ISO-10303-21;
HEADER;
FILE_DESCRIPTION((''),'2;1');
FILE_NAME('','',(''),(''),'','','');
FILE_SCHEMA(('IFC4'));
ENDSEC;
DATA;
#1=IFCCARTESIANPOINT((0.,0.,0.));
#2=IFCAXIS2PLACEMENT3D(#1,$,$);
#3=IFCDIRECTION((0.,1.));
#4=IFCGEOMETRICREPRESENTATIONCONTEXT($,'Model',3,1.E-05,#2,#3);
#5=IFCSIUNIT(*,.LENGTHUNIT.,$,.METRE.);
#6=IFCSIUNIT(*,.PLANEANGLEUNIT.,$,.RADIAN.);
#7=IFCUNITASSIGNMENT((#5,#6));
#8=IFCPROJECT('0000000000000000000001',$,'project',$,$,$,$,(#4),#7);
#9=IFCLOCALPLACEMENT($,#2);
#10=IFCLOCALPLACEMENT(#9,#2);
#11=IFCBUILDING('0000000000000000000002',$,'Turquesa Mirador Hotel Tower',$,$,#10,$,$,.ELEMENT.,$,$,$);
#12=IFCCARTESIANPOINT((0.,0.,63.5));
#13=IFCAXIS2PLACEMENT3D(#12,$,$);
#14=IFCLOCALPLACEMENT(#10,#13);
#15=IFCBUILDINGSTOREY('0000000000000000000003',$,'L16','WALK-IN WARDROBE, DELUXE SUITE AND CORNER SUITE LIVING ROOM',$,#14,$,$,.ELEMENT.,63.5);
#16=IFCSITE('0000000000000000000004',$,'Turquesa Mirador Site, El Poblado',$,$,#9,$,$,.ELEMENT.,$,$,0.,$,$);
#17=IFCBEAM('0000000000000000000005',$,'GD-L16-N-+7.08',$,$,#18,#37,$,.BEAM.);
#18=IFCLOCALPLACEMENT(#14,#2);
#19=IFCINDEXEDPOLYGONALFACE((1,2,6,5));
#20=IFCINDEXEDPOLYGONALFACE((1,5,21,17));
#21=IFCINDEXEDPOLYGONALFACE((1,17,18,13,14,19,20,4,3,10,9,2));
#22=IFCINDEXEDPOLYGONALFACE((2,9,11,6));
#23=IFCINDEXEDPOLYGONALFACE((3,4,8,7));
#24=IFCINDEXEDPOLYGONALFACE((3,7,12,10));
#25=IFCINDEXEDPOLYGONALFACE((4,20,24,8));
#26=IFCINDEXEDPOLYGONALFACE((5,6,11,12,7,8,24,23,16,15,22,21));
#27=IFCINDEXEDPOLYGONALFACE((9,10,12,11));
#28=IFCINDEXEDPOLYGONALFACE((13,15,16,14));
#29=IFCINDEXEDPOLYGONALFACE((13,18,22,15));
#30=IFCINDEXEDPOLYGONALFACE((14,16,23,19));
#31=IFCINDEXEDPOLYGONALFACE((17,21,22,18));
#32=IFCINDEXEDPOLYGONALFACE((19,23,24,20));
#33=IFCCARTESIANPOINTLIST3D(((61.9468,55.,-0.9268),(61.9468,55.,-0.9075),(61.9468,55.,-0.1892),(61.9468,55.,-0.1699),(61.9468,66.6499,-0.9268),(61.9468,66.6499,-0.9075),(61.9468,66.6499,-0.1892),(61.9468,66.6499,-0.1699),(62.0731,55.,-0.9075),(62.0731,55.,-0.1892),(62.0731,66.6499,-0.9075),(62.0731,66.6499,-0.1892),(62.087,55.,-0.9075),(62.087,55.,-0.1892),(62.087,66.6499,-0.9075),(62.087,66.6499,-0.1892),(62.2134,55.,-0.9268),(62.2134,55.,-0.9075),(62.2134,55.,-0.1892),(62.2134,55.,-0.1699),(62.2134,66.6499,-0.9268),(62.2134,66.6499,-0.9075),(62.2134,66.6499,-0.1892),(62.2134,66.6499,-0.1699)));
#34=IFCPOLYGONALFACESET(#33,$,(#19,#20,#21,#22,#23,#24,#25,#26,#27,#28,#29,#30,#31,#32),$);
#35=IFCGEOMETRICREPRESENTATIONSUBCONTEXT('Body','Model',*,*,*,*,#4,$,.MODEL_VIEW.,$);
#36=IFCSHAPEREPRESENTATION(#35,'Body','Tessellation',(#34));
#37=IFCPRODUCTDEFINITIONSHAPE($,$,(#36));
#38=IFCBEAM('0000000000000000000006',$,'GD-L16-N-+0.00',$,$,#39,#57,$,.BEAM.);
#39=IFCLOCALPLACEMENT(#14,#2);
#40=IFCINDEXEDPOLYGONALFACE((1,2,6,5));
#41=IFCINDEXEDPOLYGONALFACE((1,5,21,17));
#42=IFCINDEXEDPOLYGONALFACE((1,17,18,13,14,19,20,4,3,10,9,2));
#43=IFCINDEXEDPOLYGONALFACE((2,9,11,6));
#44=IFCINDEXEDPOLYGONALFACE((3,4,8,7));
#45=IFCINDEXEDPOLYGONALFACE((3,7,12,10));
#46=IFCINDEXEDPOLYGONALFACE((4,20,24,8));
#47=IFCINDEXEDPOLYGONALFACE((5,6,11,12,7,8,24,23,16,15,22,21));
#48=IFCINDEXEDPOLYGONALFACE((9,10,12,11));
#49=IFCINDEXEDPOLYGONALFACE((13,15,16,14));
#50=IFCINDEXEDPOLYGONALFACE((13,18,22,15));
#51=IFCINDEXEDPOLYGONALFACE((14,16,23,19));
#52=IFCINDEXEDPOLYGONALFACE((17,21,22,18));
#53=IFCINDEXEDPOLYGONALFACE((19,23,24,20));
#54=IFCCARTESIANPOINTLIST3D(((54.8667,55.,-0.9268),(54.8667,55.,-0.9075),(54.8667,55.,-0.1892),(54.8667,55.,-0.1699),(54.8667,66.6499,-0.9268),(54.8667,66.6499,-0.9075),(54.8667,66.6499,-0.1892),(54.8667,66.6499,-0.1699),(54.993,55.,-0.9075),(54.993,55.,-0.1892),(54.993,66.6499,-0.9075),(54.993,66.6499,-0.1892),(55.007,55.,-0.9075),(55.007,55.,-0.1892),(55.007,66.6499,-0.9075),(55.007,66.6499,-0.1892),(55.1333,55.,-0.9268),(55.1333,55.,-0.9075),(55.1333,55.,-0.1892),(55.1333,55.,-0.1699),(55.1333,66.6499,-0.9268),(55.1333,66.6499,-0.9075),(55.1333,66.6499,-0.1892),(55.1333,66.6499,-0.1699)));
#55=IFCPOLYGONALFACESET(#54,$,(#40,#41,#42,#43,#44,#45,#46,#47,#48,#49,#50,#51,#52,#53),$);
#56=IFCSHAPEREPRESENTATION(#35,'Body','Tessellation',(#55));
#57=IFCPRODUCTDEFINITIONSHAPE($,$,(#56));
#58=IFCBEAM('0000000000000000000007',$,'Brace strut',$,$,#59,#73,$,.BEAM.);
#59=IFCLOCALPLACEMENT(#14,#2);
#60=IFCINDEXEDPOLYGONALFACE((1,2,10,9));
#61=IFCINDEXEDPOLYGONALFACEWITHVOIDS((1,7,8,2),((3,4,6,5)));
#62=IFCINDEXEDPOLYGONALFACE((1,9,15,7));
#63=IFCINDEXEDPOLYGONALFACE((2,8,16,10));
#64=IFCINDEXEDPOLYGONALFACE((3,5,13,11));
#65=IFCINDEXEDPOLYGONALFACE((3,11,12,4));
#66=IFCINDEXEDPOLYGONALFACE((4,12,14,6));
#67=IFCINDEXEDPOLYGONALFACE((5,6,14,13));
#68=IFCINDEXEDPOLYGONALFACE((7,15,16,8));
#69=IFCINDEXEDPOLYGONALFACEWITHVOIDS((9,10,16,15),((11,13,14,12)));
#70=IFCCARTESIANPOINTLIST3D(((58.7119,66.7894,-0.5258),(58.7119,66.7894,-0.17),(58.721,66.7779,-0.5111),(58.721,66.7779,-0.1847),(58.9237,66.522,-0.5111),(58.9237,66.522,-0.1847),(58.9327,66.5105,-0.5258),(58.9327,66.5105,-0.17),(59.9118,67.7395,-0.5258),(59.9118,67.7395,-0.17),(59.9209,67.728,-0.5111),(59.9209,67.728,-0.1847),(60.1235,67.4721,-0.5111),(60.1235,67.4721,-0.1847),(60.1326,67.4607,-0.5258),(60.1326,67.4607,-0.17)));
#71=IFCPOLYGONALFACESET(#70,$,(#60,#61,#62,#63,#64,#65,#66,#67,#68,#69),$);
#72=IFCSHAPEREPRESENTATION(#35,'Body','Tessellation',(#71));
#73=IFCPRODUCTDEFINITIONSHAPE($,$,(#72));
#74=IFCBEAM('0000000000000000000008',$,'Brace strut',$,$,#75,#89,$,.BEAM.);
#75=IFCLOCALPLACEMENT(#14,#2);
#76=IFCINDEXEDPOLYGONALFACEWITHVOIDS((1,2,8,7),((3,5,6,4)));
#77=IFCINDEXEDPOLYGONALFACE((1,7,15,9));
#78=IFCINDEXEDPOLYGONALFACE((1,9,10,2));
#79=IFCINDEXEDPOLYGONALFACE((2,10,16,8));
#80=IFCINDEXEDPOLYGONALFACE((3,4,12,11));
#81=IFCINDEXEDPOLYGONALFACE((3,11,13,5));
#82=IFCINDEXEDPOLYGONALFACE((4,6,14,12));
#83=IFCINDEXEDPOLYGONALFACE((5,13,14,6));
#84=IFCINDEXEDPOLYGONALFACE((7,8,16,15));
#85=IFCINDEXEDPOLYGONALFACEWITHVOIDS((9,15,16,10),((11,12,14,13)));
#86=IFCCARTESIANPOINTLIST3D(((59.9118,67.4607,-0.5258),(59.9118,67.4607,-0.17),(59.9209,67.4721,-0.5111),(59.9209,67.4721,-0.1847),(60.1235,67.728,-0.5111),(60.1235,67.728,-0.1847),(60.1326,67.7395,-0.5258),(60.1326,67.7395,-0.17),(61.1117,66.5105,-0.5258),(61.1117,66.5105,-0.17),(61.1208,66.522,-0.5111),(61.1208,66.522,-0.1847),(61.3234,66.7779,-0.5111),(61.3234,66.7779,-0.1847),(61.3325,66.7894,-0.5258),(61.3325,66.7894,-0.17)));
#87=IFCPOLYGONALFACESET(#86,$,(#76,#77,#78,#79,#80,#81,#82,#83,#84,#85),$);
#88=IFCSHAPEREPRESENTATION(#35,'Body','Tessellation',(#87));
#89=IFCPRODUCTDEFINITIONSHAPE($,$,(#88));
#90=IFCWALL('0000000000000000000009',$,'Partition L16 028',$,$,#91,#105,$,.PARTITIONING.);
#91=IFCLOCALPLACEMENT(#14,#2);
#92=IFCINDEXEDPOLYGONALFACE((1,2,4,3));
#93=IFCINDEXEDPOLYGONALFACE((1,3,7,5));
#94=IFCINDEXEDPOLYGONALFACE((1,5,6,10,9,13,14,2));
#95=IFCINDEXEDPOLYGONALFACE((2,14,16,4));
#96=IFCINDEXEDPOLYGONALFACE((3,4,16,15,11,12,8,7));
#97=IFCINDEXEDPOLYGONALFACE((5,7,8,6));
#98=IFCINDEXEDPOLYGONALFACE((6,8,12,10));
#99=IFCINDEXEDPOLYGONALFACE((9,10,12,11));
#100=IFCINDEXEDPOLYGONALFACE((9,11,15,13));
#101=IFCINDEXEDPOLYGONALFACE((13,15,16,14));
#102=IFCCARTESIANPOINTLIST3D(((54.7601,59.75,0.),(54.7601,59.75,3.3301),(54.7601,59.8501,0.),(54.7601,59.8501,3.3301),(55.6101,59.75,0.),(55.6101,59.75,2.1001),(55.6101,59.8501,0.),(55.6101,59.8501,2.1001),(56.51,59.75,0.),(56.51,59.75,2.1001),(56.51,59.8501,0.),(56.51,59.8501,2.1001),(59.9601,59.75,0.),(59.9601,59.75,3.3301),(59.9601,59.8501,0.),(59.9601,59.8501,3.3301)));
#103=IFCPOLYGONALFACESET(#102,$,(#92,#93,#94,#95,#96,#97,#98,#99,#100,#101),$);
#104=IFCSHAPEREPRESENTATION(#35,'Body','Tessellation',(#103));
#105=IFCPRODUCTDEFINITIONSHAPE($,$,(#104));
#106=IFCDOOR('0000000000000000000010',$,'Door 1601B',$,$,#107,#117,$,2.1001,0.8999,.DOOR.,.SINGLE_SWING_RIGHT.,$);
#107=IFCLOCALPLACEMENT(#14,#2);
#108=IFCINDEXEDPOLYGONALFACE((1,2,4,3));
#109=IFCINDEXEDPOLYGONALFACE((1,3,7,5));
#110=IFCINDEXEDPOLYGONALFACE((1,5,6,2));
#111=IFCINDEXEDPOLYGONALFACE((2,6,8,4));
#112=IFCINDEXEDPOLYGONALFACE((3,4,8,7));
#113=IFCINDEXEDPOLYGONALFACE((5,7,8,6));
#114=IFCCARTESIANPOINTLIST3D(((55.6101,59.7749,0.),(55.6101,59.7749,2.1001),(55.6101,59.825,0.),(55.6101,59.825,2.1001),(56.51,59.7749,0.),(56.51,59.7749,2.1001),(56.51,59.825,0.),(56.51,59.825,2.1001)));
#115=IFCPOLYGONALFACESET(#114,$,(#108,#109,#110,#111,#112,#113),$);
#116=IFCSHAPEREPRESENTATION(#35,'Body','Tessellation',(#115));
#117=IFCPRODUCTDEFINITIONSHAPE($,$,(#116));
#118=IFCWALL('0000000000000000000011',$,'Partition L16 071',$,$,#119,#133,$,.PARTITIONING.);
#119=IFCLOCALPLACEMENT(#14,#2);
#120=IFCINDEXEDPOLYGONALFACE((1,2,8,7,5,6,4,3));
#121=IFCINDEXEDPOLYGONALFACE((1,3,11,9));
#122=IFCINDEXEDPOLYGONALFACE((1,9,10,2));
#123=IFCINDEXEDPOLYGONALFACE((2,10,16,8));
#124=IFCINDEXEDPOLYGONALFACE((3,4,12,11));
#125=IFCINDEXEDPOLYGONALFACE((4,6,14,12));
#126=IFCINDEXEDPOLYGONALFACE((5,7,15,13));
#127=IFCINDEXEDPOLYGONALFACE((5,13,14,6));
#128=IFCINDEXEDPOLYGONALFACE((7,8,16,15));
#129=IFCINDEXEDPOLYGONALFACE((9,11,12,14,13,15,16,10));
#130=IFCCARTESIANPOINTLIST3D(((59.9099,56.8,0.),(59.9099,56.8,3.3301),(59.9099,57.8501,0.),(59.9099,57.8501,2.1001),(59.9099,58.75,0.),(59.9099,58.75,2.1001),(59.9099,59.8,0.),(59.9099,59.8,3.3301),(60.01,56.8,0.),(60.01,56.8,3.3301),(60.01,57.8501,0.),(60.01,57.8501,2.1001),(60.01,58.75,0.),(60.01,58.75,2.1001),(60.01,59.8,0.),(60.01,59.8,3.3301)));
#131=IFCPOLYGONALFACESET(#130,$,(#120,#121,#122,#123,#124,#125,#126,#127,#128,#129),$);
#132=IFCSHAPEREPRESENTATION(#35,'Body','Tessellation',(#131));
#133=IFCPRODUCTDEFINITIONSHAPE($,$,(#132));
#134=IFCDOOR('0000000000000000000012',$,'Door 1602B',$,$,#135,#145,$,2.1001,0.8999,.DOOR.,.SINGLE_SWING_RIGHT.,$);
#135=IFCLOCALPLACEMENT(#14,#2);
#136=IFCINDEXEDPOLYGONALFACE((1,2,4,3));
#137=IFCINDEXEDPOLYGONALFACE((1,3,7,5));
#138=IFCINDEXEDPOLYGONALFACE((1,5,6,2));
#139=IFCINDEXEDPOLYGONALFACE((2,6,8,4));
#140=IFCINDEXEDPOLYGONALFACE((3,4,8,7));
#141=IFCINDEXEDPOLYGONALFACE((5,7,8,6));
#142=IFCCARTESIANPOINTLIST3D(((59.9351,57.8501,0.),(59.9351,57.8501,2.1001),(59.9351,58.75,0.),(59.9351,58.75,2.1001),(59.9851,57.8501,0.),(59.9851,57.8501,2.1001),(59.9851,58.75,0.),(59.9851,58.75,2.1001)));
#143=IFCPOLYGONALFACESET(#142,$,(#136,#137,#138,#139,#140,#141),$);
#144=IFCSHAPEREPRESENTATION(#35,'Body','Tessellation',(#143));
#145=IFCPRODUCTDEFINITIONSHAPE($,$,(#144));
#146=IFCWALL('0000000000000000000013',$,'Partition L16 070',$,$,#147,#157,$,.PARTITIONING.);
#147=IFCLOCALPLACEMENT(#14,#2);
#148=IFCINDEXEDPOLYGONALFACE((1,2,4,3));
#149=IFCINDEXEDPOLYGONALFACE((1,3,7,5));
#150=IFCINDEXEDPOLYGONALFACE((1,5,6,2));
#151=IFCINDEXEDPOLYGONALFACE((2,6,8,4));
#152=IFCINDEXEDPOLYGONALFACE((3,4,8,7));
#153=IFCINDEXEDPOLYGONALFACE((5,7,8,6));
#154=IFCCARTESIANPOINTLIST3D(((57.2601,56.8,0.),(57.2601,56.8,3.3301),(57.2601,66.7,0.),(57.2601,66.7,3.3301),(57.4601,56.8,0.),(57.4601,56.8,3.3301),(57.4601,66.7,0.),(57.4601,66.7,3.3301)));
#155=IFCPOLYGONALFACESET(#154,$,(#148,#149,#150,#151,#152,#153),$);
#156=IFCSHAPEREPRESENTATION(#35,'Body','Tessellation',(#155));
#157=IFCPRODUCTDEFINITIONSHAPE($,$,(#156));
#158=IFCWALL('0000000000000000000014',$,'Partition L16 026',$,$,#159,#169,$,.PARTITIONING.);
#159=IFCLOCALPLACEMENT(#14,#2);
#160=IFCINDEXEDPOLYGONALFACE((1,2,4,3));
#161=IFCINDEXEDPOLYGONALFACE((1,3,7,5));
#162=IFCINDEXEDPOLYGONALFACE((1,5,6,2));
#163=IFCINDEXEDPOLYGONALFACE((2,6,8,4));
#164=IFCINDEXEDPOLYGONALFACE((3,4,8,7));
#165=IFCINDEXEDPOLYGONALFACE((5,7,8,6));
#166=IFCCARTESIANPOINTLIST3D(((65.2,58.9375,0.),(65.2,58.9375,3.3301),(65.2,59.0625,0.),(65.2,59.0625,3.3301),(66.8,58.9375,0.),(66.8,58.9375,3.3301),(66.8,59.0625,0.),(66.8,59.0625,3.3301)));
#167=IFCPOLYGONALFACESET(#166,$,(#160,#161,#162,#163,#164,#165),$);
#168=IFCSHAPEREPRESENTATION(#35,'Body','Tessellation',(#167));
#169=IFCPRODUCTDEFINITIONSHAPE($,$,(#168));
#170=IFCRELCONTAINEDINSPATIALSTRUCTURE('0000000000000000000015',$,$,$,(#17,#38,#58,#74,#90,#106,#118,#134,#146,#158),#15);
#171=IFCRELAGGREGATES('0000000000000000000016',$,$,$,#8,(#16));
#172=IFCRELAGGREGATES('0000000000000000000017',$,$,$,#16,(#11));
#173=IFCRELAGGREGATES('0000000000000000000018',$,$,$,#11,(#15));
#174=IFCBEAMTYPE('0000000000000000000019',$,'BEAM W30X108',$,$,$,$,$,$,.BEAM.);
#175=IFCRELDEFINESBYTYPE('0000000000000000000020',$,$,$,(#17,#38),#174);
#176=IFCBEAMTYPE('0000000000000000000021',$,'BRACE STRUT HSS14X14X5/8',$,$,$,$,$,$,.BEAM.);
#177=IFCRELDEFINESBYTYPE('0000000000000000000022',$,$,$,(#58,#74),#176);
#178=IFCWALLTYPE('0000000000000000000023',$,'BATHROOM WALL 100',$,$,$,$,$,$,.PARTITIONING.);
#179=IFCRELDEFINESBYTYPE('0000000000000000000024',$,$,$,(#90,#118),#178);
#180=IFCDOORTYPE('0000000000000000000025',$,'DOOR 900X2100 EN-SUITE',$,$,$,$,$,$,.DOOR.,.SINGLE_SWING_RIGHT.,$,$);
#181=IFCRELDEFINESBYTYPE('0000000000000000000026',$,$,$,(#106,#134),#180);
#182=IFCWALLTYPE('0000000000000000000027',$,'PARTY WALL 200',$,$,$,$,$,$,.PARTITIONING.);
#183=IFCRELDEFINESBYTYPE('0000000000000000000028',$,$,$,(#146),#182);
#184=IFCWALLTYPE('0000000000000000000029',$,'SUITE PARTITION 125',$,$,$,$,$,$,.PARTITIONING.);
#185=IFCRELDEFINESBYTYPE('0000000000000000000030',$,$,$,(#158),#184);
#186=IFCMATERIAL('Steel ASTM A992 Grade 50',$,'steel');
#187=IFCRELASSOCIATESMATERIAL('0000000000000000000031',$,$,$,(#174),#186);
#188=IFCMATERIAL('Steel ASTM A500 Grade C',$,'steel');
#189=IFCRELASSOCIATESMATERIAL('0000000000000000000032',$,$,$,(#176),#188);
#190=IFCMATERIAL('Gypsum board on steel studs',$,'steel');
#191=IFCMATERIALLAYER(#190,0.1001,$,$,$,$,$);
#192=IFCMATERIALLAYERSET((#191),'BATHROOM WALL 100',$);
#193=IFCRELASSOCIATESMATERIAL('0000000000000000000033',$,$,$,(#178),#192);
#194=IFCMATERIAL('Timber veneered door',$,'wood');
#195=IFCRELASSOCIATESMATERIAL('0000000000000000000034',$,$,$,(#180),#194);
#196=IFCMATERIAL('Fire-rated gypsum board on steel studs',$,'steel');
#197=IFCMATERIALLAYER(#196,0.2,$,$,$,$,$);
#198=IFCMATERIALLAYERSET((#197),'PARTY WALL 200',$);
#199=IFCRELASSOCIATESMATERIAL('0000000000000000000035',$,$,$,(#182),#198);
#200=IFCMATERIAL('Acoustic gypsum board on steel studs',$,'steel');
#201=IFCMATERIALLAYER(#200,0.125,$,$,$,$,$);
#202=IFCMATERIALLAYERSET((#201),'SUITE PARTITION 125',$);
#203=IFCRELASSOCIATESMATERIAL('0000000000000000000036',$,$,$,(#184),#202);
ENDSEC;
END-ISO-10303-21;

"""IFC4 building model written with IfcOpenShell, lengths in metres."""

from ifc_helpers import new_model, si_unit, direction, frame, frame_2d, origin, origin_2d, place, context, subcontext, project, spatial, rectangle, hollow_rectangle, i_section, extrude, material, layer, layer_set, material_profile, profile_set, type_object, element, fill, save


model = new_model("IFC4")

# Units and contexts
model_context = context("Model", 3, precision=1e-05, world=origin(), true_north=direction((0.0, 1.0)))
body_context = subcontext(model_context, "Body", "Model", "MODEL_VIEW")
ifc_project = project(units=[si_unit("LENGTHUNIT", "METRE"), si_unit("PLANEANGLEUNIT", "RADIAN")], contexts=[model_context])

# Site, building, storey
site_placement = place(None, origin())
site = spatial("IfcSite", under=ifc_project, at=site_placement, Name="Turquesa Mirador Site, El Poblado", CompositionType="ELEMENT", RefElevation=0.0)
building_placement = place(site_placement, origin())
building = spatial("IfcBuilding", under=site, at=building_placement, Name="Turquesa Mirador Hotel Tower", CompositionType="ELEMENT")
storey_placement = place(building_placement, frame((0.0, 0.0, 63.5)))
storey = spatial("IfcBuildingStorey", under=building, at=storey_placement, Name="L16", Description="WALK-IN WARDROBE, DELUXE SUITE AND CORNER SUITE LIVING ROOM", CompositionType="ELEMENT", Elevation=63.5)

# Beams
ifc_material_1 = material(Name="Steel ASTM A992 Grade 50", Category="steel")
ifc_material_profile_1 = material_profile(ifc_material_1, i_section(OverallWidth=0.2666, OverallDepth=0.7568, WebThickness=0.0139, FlangeThickness=0.0193, at=origin_2d()), Name="W30X108")
ifc_profile_set_1 = profile_set([ifc_material_profile_1], Name="Steel ASTM A992 Grade 50")
beam_type_1 = type_object("IfcBeamType", Name="BEAM W30X108", PredefinedType="BEAM", material=ifc_profile_set_1)
for number, where, z_axis, x_axis, name in (
    (1, (62.0801, 66.6499, -0.5483), (0.0, -1.0, 0.0), (1.0, 0.0, 0.0), "GD-L16-N-+7.08"),
    (2, (55.0, 66.6499, -0.5483), (0.0, -1.0, 0.0), (1.0, 0.0, 0.0), "GD-L16-N-+0.00"),
):
    element("IfcBeam", number, at=place(storey_placement, frame(where, z_axis=z_axis, x_axis=x_axis)), inside=storey, type_object=beam_type_1, Name=name, PredefinedType="BEAM", context=body_context, shape_type="SweptSolid", body=[
        extrude(i_section(OverallWidth=0.2666, OverallDepth=0.7568, WebThickness=0.0139, FlangeThickness=0.0193, at=origin_2d()), origin(), (0.0, 0.0, 1.0), 11.6499),
    ])
ifc_material_2 = material(Name="Steel ASTM A500 Grade C", Category="steel")
ifc_material_profile_2 = material_profile(ifc_material_2, hollow_rectangle(XDim=0.3557, YDim=0.3557, WallThickness=0.0146, at=origin_2d()), Name="HSS14X14X5/8")
ifc_profile_set_2 = profile_set([ifc_material_profile_2], Name="Steel ASTM A500 Grade C")
beam_type_2 = type_object("IfcBeamType", Name="BRACE STRUT HSS14X14X5/8", PredefinedType="BEAM", material=ifc_profile_set_2)
for number, where, z_axis, x_axis, name in (
    (3, (60.0222, 67.6001, -0.3479), (-0.783971, -0.620797, 0.0), (0.620797, -0.783971, 0.0), "Brace strut"),
    (4, (60.0222, 67.6001, -0.3479), (0.783971, -0.620797, 0.0), (0.620797, 0.783971, 0.0), "Brace strut"),
):
    element("IfcBeam", number, at=place(storey_placement, frame(where, z_axis=z_axis, x_axis=x_axis)), inside=storey, type_object=beam_type_2, Name=name, PredefinedType="BEAM", context=body_context, shape_type="SweptSolid", body=[
        extrude(hollow_rectangle(XDim=0.3557, YDim=0.3557, WallThickness=0.0146, at=origin_2d()), origin(), (0.0, 0.0, 1.0), 1.5305),
    ])

# Walls, openings, doors
ifc_material_3 = material(Name="Gypsum board on steel studs", Category="steel")
ifc_layer_1 = layer(ifc_material_3, 0.1001)
ifc_layer_set_1 = layer_set([ifc_layer_1], Name="BATHROOM WALL 100")
wall_type_1 = type_object("IfcWallType", Name="BATHROOM WALL 100", PredefinedType="PARTITIONING", material=ifc_layer_set_1)
wall_1_placement = place(storey_placement, frame((54.76, 59.8, 0.0), z_axis=(0.0, 0.0, 1.0), x_axis=(1.0, 0.0, 0.0)))
wall_1 = element("IfcWall", 5, at=wall_1_placement, inside=storey, type_object=wall_type_1, Name="Partition L16 028", PredefinedType="PARTITIONING", context=body_context, shape_type="SweptSolid", body=[
    extrude(rectangle(XDim=5.2, YDim=0.1001, at=frame_2d((2.6001, 0.0))), origin(), (0.0, 0.0, 1.0), 3.3301),
])
opening_1_placement = place(wall_1_placement, frame((0.8501, 0.0, 0.0)))
opening_1 = element("IfcOpeningElement", 6, at=opening_1_placement, cuts=wall_1, PredefinedType="OPENING", context=body_context, shape_type="SweptSolid", body=[
    extrude(rectangle(XDim=0.8999, YDim=2.1001, at=frame_2d((0.45, 1.05))), frame((0.0, 0.0601, 0.0), z_axis=(0.0, -1.0, 0.0), x_axis=(1.0, 0.0, 0.0)), (0.0, 0.0, 1.0), 0.1201),
])
ifc_material_4 = material(Name="Timber veneered door", Category="wood")
door_type_1 = type_object("IfcDoorType", Name="DOOR 900X2100 EN-SUITE", OperationType="SINGLE_SWING_RIGHT", PredefinedType="DOOR", material=ifc_material_4)
door_1_placement = place(opening_1_placement, origin())
door_1 = element("IfcDoor", 7, at=door_1_placement, inside=storey, type_object=door_type_1, Name="Door 1601B", OperationType="SINGLE_SWING_RIGHT", OverallHeight=2.1001, OverallWidth=0.8999, PredefinedType="DOOR", context=body_context, shape_type="SweptSolid", body=[
    extrude(rectangle(XDim=0.8999, YDim=2.1001, at=frame_2d((0.45, 1.05))), frame((0.0, 0.0249, 0.0), z_axis=(0.0, -1.0, 0.0), x_axis=(1.0, 0.0, 0.0)), (0.0, 0.0, 1.0), 0.05),
])
fill(opening_1, door_1)
wall_2_placement = place(storey_placement, frame((59.96, 56.8, 0.0), z_axis=(0.0, 0.0, 1.0), x_axis=(0.0, 1.0, 0.0)))
wall_2 = element("IfcWall", 8, at=wall_2_placement, inside=storey, type_object=wall_type_1, Name="Partition L16 071", PredefinedType="PARTITIONING", context=body_context, shape_type="SweptSolid", body=[
    extrude(rectangle(XDim=3.0, YDim=0.1001, at=frame_2d((1.5, 0.0))), origin(), (0.0, 0.0, 1.0), 3.3301),
])
opening_2_placement = place(wall_2_placement, frame((1.05, 0.0, 0.0)))
opening_2 = element("IfcOpeningElement", 9, at=opening_2_placement, cuts=wall_2, PredefinedType="OPENING", context=body_context, shape_type="SweptSolid", body=[
    extrude(rectangle(XDim=0.8999, YDim=2.1001, at=frame_2d((0.45, 1.05))), frame((0.0, 0.0601, 0.0), z_axis=(0.0, -1.0, 0.0), x_axis=(1.0, 0.0, 0.0)), (0.0, 0.0, 1.0), 0.1201),
])
door_2_placement = place(opening_2_placement, origin())
door_2 = element("IfcDoor", 10, at=door_2_placement, inside=storey, type_object=door_type_1, Name="Door 1602B", OperationType="SINGLE_SWING_RIGHT", OverallHeight=2.1001, OverallWidth=0.8999, PredefinedType="DOOR", context=body_context, shape_type="SweptSolid", body=[
    extrude(rectangle(XDim=0.8999, YDim=2.1001, at=frame_2d((0.45, 1.05))), frame((0.0, 0.0249, 0.0), z_axis=(0.0, -1.0, 0.0), x_axis=(1.0, 0.0, 0.0)), (0.0, 0.0, 1.0), 0.05),
])
fill(opening_2, door_2)

# Walls
ifc_material_5 = material(Name="Fire-rated gypsum board on steel studs", Category="steel")
ifc_layer_2 = layer(ifc_material_5, 0.2)
ifc_layer_set_2 = layer_set([ifc_layer_2], Name="PARTY WALL 200")
wall_type_2 = type_object("IfcWallType", Name="PARTY WALL 200", PredefinedType="PARTITIONING", material=ifc_layer_set_2)
wall_3_placement = place(storey_placement, frame((57.3601, 56.8, 0.0), z_axis=(0.0, 0.0, 1.0), x_axis=(0.0, 1.0, 0.0)))
element("IfcWall", 11, at=wall_3_placement, inside=storey, type_object=wall_type_2, Name="Partition L16 070", PredefinedType="PARTITIONING", context=body_context, shape_type="SweptSolid", body=[
    extrude(rectangle(XDim=9.8999, YDim=0.2, at=frame_2d((4.95, 0.0))), origin(), (0.0, 0.0, 1.0), 3.3301),
])
ifc_material_6 = material(Name="Acoustic gypsum board on steel studs", Category="steel")
ifc_layer_3 = layer(ifc_material_6, 0.125)
ifc_layer_set_3 = layer_set([ifc_layer_3], Name="SUITE PARTITION 125")
wall_type_3 = type_object("IfcWallType", Name="SUITE PARTITION 125", PredefinedType="PARTITIONING", material=ifc_layer_set_3)
wall_4_placement = place(storey_placement, frame((65.2, 59.0, 0.0), z_axis=(0.0, 0.0, 1.0), x_axis=(1.0, 0.0, 0.0)))
element("IfcWall", 12, at=wall_4_placement, inside=storey, type_object=wall_type_3, Name="Partition L16 026", PredefinedType="PARTITIONING", context=body_context, shape_type="SweptSolid", body=[
    extrude(rectangle(XDim=1.6001, YDim=0.125, at=frame_2d((0.8, 0.0))), origin(), (0.0, 0.0, 1.0), 3.3301),
])

save(model, "model.ifc")
